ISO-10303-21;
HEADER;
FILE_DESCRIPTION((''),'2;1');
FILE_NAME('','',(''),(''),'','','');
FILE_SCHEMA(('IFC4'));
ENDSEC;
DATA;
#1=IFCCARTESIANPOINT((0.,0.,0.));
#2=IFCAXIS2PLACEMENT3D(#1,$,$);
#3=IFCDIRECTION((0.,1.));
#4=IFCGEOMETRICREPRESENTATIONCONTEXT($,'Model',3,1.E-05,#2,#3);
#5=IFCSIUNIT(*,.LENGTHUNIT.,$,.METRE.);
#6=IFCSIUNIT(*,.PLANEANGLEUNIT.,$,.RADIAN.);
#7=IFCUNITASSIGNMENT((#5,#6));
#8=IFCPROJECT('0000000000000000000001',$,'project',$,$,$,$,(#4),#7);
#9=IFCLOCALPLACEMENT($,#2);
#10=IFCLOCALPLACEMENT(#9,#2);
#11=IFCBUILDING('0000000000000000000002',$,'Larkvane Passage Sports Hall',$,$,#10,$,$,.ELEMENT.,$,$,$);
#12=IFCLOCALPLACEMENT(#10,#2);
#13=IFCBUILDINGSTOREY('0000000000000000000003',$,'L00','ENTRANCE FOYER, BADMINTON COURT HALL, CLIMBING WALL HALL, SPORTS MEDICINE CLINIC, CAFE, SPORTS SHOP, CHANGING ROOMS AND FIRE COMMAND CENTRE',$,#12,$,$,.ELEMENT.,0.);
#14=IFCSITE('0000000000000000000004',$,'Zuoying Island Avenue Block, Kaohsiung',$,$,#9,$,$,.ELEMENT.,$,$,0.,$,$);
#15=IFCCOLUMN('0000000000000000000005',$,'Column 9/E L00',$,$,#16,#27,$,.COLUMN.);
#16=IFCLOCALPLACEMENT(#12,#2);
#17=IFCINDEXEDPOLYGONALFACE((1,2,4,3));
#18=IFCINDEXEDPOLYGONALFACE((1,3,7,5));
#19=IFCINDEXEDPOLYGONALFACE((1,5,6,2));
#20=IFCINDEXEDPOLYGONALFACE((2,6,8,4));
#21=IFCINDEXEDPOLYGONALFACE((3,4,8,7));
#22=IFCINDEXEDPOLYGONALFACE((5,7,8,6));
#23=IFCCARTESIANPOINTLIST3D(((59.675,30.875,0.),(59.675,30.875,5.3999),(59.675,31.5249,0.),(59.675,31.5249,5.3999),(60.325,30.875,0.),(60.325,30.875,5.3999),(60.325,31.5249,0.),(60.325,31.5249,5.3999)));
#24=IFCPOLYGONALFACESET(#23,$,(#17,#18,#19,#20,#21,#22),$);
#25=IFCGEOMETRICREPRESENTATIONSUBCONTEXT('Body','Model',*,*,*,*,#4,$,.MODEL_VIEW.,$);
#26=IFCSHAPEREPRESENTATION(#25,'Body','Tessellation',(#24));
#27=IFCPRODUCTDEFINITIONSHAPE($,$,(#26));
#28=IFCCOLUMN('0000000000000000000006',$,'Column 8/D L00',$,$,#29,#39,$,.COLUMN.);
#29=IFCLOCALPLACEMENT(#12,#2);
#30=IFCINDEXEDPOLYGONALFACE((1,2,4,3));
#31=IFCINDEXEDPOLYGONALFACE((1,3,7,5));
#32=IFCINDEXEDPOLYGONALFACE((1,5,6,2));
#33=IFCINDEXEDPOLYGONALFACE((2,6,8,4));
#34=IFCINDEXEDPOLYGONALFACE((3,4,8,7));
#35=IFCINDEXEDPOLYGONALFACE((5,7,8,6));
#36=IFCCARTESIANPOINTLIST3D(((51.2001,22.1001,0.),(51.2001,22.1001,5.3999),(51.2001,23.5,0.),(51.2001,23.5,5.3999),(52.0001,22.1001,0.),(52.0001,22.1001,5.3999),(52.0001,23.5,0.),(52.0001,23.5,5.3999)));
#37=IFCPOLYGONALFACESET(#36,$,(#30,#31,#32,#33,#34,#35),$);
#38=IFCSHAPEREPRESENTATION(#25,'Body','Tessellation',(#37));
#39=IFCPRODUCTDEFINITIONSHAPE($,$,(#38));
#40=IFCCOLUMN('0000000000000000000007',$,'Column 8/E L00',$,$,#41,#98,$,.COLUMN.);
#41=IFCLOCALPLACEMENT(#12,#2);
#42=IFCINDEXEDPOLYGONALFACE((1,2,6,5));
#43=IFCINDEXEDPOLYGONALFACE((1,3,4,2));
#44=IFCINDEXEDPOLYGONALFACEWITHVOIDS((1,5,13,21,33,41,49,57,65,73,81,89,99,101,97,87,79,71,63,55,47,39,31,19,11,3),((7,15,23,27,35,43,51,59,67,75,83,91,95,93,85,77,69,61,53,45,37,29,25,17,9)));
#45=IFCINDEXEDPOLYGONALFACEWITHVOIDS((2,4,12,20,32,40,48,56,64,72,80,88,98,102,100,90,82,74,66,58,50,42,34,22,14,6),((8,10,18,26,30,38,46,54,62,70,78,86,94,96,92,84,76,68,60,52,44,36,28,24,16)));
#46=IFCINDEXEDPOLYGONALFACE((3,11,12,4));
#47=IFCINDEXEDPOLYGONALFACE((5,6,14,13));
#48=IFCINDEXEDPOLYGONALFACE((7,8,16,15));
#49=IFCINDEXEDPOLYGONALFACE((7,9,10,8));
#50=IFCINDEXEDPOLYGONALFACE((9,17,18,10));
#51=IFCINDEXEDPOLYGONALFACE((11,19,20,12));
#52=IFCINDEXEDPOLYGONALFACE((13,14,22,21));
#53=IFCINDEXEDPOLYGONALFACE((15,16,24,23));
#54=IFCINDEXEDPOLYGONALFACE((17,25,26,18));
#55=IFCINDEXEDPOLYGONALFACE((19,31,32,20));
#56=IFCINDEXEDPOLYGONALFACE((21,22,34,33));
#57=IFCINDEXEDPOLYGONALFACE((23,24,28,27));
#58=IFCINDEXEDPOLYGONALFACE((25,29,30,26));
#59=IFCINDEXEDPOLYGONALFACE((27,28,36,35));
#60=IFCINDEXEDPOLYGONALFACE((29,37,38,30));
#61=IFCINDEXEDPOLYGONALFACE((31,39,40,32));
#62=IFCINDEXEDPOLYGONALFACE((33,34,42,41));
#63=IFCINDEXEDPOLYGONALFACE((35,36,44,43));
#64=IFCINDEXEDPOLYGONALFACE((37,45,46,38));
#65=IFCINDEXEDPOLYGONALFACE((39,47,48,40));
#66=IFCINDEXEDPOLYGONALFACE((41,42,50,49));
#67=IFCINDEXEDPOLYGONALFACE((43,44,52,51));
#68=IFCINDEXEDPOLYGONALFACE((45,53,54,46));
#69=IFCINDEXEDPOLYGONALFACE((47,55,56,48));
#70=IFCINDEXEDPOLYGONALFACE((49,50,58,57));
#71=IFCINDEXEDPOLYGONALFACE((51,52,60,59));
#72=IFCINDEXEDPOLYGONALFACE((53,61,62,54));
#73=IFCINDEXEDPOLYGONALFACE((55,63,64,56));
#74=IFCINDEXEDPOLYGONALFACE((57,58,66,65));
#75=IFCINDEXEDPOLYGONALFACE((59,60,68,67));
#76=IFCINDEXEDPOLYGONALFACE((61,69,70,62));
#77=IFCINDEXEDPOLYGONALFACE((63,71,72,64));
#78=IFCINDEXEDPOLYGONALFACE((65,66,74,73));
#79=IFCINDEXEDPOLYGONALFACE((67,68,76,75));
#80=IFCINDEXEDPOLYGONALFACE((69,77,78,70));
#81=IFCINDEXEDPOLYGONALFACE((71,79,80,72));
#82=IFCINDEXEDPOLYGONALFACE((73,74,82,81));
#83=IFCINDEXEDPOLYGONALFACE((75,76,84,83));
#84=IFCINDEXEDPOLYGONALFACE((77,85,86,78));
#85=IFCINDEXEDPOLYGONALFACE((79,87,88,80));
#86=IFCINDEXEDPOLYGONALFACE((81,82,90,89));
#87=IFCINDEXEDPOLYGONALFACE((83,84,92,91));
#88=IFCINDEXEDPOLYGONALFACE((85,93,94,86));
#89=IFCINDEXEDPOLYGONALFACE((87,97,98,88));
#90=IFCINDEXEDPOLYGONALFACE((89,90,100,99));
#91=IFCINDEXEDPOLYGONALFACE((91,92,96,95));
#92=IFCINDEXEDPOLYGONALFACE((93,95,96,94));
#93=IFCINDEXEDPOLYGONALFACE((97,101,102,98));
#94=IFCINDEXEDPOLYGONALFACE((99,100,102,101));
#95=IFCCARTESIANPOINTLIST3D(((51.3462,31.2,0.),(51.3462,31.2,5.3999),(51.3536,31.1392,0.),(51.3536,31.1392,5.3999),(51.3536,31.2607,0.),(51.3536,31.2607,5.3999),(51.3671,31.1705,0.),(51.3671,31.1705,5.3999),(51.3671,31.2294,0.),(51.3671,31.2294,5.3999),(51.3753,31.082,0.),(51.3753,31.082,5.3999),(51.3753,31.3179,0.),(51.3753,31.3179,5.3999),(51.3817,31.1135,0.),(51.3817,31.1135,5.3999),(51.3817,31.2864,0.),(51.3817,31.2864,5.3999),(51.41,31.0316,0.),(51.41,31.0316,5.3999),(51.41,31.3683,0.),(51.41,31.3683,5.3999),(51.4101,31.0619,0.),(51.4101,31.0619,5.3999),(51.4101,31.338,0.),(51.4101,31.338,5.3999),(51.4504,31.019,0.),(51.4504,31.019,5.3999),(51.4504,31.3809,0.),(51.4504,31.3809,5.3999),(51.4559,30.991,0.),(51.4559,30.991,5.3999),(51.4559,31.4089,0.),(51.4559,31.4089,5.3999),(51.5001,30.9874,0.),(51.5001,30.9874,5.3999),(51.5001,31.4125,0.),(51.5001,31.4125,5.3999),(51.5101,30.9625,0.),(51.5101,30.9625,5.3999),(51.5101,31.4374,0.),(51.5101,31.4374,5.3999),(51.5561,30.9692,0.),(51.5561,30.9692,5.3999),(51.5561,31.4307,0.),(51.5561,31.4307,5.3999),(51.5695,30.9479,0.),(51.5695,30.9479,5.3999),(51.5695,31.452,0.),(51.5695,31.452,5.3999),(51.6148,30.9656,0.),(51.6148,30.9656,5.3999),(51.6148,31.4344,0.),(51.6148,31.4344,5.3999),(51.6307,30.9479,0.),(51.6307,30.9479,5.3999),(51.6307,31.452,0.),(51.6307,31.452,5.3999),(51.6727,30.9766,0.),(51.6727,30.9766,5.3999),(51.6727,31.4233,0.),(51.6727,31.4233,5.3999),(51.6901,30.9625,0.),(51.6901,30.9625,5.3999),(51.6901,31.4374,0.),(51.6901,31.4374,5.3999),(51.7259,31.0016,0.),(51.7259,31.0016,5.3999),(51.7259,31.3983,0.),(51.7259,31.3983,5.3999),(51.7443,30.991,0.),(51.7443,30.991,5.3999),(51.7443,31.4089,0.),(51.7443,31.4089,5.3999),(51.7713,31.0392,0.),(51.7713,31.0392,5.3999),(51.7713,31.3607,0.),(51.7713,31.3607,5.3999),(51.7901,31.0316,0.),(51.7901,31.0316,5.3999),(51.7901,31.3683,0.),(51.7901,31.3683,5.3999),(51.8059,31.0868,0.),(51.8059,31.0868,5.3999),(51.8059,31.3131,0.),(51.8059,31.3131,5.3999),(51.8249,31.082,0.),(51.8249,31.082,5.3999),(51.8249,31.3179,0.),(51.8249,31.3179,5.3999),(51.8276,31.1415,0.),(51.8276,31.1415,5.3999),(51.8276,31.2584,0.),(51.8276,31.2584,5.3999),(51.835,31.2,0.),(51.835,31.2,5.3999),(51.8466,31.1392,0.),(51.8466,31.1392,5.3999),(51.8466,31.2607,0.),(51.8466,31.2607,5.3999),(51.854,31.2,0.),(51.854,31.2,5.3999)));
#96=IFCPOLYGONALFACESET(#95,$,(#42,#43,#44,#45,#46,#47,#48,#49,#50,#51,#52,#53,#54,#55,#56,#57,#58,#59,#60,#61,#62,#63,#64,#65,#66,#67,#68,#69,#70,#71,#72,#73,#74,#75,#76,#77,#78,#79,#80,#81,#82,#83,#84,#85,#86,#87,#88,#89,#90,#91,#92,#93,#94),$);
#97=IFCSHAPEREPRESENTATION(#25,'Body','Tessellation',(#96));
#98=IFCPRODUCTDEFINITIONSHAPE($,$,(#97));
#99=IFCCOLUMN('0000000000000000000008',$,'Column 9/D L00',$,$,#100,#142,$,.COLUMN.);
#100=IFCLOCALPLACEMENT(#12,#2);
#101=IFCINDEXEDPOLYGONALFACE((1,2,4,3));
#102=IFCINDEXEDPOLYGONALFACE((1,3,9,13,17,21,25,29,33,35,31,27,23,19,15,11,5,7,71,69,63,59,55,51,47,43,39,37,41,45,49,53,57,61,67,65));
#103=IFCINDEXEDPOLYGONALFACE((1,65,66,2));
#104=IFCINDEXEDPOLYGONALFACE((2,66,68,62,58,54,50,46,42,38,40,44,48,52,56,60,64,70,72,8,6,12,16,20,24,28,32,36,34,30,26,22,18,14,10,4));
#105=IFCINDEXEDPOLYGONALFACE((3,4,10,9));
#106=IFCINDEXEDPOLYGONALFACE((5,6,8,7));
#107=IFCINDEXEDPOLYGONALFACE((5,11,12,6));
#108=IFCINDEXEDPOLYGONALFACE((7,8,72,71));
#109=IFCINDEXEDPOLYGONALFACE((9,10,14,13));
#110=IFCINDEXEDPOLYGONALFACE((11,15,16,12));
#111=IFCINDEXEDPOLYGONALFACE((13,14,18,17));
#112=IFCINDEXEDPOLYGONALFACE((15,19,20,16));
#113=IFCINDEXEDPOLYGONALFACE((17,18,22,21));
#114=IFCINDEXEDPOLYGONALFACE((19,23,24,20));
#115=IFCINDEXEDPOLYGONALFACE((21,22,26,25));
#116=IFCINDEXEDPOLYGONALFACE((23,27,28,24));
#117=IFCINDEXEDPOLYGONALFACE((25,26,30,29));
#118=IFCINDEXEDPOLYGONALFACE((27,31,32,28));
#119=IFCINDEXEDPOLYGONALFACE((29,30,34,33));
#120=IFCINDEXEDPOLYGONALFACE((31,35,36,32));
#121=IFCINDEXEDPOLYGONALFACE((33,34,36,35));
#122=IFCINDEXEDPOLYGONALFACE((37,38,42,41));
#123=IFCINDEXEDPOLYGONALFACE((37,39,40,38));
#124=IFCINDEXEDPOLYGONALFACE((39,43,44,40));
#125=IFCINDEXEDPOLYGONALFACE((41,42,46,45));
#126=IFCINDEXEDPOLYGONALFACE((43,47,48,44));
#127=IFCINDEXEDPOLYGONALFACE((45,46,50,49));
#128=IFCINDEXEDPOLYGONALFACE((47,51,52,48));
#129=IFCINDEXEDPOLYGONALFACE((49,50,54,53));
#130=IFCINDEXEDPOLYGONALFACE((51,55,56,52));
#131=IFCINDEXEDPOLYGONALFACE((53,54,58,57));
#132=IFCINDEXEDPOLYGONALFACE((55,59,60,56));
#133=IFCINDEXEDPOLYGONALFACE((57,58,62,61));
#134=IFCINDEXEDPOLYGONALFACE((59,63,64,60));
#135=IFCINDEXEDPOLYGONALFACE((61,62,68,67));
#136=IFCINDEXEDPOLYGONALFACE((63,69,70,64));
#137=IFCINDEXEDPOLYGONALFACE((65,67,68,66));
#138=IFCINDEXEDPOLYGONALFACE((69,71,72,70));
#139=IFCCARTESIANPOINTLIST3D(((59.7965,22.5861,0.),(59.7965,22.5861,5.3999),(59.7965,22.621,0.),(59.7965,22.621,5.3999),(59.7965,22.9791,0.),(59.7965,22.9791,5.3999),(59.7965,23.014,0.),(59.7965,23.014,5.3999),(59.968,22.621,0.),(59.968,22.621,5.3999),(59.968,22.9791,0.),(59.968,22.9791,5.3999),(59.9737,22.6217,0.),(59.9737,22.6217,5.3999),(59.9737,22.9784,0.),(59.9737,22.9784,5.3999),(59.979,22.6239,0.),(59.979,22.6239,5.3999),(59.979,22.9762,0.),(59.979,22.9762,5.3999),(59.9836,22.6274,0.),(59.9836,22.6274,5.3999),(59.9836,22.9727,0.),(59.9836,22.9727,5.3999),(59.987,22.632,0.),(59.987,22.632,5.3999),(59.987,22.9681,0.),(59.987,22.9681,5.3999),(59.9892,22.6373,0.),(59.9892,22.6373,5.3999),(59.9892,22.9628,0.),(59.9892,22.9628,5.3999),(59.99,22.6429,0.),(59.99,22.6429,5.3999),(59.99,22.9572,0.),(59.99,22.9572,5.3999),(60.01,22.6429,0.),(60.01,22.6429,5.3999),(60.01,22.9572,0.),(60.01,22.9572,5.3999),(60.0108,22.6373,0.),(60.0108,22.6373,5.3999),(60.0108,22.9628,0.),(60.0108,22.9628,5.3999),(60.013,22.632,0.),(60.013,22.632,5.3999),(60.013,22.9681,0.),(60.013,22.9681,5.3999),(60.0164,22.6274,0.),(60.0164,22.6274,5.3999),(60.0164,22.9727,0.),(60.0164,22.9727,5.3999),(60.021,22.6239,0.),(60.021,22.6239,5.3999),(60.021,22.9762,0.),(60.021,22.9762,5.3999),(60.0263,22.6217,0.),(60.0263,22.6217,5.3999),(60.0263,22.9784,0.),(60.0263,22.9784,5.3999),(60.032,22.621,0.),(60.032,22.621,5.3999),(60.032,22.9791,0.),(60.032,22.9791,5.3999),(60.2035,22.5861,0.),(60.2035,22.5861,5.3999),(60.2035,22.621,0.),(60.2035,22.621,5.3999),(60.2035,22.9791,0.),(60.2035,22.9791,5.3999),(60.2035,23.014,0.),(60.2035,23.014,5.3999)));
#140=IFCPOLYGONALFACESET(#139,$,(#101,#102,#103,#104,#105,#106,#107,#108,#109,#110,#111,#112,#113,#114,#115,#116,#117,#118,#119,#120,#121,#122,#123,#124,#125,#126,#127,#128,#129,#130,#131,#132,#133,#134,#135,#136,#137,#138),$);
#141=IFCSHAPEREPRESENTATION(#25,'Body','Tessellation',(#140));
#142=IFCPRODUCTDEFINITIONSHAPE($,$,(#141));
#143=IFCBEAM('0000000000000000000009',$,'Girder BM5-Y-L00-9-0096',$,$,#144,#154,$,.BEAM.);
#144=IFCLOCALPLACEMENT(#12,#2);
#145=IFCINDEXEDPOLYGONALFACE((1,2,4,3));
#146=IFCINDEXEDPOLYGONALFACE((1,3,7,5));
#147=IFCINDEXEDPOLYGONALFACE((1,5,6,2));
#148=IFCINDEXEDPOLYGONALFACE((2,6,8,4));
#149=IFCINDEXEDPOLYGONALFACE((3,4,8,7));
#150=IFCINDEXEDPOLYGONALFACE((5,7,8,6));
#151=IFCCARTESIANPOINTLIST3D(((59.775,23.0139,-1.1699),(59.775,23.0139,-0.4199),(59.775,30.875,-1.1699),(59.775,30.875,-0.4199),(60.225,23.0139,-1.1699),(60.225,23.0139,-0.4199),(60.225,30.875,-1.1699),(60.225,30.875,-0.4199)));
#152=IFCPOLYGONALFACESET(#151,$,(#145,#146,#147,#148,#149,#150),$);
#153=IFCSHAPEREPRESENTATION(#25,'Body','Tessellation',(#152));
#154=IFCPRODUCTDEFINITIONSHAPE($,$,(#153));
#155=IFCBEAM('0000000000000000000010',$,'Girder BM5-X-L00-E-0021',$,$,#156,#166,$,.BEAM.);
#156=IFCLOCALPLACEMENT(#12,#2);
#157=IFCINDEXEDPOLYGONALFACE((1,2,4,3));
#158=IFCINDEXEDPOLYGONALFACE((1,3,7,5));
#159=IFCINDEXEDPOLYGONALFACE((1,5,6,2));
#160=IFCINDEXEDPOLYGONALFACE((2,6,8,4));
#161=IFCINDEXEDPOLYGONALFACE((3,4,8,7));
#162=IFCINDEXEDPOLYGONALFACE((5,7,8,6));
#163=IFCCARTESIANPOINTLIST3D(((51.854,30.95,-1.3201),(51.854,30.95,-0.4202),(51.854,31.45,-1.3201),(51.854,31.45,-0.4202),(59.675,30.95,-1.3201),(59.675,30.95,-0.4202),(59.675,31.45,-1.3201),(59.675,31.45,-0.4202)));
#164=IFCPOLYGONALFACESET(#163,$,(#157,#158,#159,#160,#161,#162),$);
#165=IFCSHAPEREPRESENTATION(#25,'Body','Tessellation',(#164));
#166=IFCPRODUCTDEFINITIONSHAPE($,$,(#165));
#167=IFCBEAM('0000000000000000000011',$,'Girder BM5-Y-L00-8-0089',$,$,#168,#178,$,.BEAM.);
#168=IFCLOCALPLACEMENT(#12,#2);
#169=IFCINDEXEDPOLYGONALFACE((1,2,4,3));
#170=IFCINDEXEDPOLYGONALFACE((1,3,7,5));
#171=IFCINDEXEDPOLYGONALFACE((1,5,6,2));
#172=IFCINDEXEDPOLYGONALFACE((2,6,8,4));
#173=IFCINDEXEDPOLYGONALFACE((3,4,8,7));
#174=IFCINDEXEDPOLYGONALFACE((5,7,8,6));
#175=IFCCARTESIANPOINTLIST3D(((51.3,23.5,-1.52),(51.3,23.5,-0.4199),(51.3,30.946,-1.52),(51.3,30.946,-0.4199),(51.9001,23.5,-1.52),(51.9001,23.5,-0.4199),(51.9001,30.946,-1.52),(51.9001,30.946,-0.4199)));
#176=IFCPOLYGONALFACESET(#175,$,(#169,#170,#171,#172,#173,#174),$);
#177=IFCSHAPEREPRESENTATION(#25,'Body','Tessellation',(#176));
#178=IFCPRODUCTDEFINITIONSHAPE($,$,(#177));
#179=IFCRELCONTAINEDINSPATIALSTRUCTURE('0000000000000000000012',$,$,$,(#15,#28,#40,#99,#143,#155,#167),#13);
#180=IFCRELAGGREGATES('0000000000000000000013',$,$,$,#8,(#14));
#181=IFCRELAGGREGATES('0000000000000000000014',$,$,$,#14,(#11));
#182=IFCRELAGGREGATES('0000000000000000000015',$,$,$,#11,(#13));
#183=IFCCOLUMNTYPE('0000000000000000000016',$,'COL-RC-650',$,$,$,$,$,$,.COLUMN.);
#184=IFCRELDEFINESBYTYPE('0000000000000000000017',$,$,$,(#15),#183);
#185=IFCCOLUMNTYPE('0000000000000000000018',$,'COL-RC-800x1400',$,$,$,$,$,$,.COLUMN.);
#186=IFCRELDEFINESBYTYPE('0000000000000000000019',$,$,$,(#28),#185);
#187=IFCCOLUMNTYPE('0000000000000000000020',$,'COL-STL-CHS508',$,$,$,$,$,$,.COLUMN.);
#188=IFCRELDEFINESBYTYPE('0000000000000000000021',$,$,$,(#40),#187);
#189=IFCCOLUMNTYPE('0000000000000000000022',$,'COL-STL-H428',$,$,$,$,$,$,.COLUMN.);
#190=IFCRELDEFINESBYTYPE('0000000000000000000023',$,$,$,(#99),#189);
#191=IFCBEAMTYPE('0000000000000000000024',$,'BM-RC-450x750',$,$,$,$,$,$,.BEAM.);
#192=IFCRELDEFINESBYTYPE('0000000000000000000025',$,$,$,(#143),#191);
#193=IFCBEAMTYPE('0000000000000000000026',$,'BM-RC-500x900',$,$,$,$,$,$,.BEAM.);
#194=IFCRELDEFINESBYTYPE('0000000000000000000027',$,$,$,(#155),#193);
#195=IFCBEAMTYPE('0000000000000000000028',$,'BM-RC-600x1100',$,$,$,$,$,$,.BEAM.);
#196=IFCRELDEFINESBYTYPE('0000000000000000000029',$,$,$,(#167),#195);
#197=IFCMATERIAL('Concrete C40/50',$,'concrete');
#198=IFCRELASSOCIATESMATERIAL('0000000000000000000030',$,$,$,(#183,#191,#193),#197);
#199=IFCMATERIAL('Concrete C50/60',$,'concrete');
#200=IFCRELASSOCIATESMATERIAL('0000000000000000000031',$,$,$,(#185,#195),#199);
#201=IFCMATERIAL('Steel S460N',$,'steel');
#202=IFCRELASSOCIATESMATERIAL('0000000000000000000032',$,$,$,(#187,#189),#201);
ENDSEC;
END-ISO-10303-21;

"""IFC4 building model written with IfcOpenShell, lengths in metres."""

from ifc_helpers import new_model, si_unit, direction, frame, origin, origin_2d, place, context, subcontext, project, spatial, rectangle, hollow_circle, i_section, extrude, material, material_profile, profile_set, type_object, element, save


model = new_model("IFC4")

# Units and contexts
model_context = context("Model", 3, precision=1e-05, world=origin(), true_north=direction((0.0, 1.0)))
body_context = subcontext(model_context, "Body", "Model", "MODEL_VIEW")
ifc_project = project(units=[si_unit("LENGTHUNIT", "METRE"), si_unit("PLANEANGLEUNIT", "RADIAN")], contexts=[model_context])

# Site, building, storey
site_placement = place(None, origin())
site = spatial("IfcSite", under=ifc_project, at=site_placement, Name="Zuoying Island Avenue Block, Kaohsiung", CompositionType="ELEMENT", RefElevation=0.0)
building_placement = place(site_placement, origin())
building = spatial("IfcBuilding", under=site, at=building_placement, Name="Larkvane Passage Sports Hall", CompositionType="ELEMENT")
storey_placement = place(building_placement, origin())
storey = spatial("IfcBuildingStorey", under=building, at=storey_placement, Name="L00", Description="ENTRANCE FOYER, BADMINTON COURT HALL, CLIMBING WALL HALL, SPORTS MEDICINE CLINIC, CAFE, SPORTS SHOP, CHANGING ROOMS AND FIRE COMMAND CENTRE", CompositionType="ELEMENT", Elevation=0.0)

# Columns
ifc_material_1 = material(Name="Concrete C40/50", Category="concrete")
ifc_material_profile_1 = material_profile(ifc_material_1, rectangle(XDim=0.6499, YDim=0.6499, at=origin_2d()), Name="RC-COL-650x650")
ifc_profile_set_1 = profile_set([ifc_material_profile_1], Name="Concrete C40/50")
column_type_1 = type_object("IfcColumnType", Name="COL-RC-650", PredefinedType="COLUMN", material=ifc_profile_set_1)
column_1_placement = place(storey_placement, frame((60.0, 31.2, 0.0), z_axis=(0.0, 0.0, 1.0), x_axis=(1.0, 0.0, 0.0)))
element("IfcColumn", 1, at=column_1_placement, inside=storey, type_object=column_type_1, Name="Column 9/E L00", PredefinedType="COLUMN", context=body_context, shape_type="SweptSolid", body=[
    extrude(rectangle(XDim=0.6499, YDim=0.6499, at=origin_2d()), origin(), (0.0, 0.0, 1.0), 5.3999),
])
ifc_material_2 = material(Name="Concrete C50/60", Category="concrete")
ifc_material_profile_2 = material_profile(ifc_material_2, rectangle(XDim=0.8, YDim=1.3999, at=origin_2d()), Name="RC-COL-800x1400")
ifc_profile_set_2 = profile_set([ifc_material_profile_2], Name="Concrete C50/60")
column_type_2 = type_object("IfcColumnType", Name="COL-RC-800x1400", PredefinedType="COLUMN", material=ifc_profile_set_2)
column_2_placement = place(storey_placement, frame((51.6001, 22.8, 0.0), z_axis=(0.0, 0.0, 1.0), x_axis=(1.0, 0.0, 0.0)))
element("IfcColumn", 2, at=column_2_placement, inside=storey, type_object=column_type_2, Name="Column 8/D L00", PredefinedType="COLUMN", context=body_context, shape_type="SweptSolid", body=[
    extrude(rectangle(XDim=0.8, YDim=1.3999, at=origin_2d()), origin(), (0.0, 0.0, 1.0), 5.3999),
])
ifc_material_3 = material(Name="Steel S460N", Category="steel")
ifc_material_profile_3 = material_profile(ifc_material_3, hollow_circle(Radius=0.2539, WallThickness=0.019, at=origin_2d()), Name="CHS-508.0x19.0")
ifc_profile_set_3 = profile_set([ifc_material_profile_3], Name="Steel S460N")
column_type_3 = type_object("IfcColumnType", Name="COL-STL-CHS508", PredefinedType="COLUMN", material=ifc_profile_set_3)
column_3_placement = place(storey_placement, frame((51.6001, 31.2, 0.0), z_axis=(0.0, 0.0, 1.0), x_axis=(1.0, 0.0, 0.0)))
element("IfcColumn", 3, at=column_3_placement, inside=storey, type_object=column_type_3, Name="Column 8/E L00", PredefinedType="COLUMN", context=body_context, shape_type="SweptSolid", body=[
    extrude(hollow_circle(Radius=0.2539, WallThickness=0.019, at=origin_2d()), origin(), (0.0, 0.0, 1.0), 5.3999),
])
ifc_material_profile_4 = material_profile(ifc_material_3, i_section(OverallWidth=0.407, OverallDepth=0.428, WebThickness=0.02, FlangeThickness=0.0349, FilletRadius=0.022, at=origin_2d()), Name="H-428x407x20x35")
ifc_profile_set_4 = profile_set([ifc_material_profile_4], Name="Steel S460N")
column_type_4 = type_object("IfcColumnType", Name="COL-STL-H428", PredefinedType="COLUMN", material=ifc_profile_set_4)
column_4_placement = place(storey_placement, frame((60.0, 22.8, 0.0), z_axis=(0.0, 0.0, 1.0), x_axis=(1.0, 0.0, 0.0)))
element("IfcColumn", 4, at=column_4_placement, inside=storey, type_object=column_type_4, Name="Column 9/D L00", PredefinedType="COLUMN", context=body_context, shape_type="SweptSolid", body=[
    extrude(i_section(OverallWidth=0.407, OverallDepth=0.428, WebThickness=0.02, FlangeThickness=0.0349, FilletRadius=0.022, at=origin_2d()), origin(), (0.0, 0.0, 1.0), 5.3999),
])

# Beams
ifc_material_profile_5 = material_profile(ifc_material_1, rectangle(XDim=0.45, YDim=0.75, at=origin_2d()), Name="RC-BM-450x750")
ifc_profile_set_5 = profile_set([ifc_material_profile_5], Name="Concrete C40/50")
beam_type_1 = type_object("IfcBeamType", Name="BM-RC-450x750", PredefinedType="BEAM", material=ifc_profile_set_5)
beam_1_placement = place(storey_placement, frame((60.0, 23.0139, -0.7949), z_axis=(0.0, 1.0, 0.0), x_axis=(-1.0, 0.0, 0.0)))
element("IfcBeam", 5, at=beam_1_placement, inside=storey, type_object=beam_type_1, Name="Girder BM5-Y-L00-9-0096", PredefinedType="BEAM", context=body_context, shape_type="SweptSolid", body=[
    extrude(rectangle(XDim=0.45, YDim=0.75, at=origin_2d()), origin(), (0.0, 0.0, 1.0), 7.8611),
])
ifc_material_profile_6 = material_profile(ifc_material_1, rectangle(XDim=0.5, YDim=0.8999, at=origin_2d()), Name="RC-BM-500x900")
ifc_profile_set_6 = profile_set([ifc_material_profile_6], Name="Concrete C40/50")
beam_type_2 = type_object("IfcBeamType", Name="BM-RC-500x900", PredefinedType="BEAM", material=ifc_profile_set_6)
beam_2_placement = place(storey_placement, frame((51.854, 31.2, -0.8701), z_axis=(1.0, 0.0, 0.0), x_axis=(0.0, 1.0, 0.0)))
element("IfcBeam", 6, at=beam_2_placement, inside=storey, type_object=beam_type_2, Name="Girder BM5-X-L00-E-0021", PredefinedType="BEAM", context=body_context, shape_type="SweptSolid", body=[
    extrude(rectangle(XDim=0.5, YDim=0.8999, at=origin_2d()), origin(), (0.0, 0.0, 1.0), 7.821),
])
ifc_material_profile_7 = material_profile(ifc_material_2, rectangle(XDim=0.6001, YDim=1.1001, at=origin_2d()), Name="RC-BM-600x1100")
ifc_profile_set_7 = profile_set([ifc_material_profile_7], Name="Concrete C50/60")
beam_type_3 = type_object("IfcBeamType", Name="BM-RC-600x1100", PredefinedType="BEAM", material=ifc_profile_set_7)
beam_3_placement = place(storey_placement, frame((51.6001, 23.5, -0.97), z_axis=(0.0, 1.0, 0.0), x_axis=(-1.0, 0.0, 0.0)))
element("IfcBeam", 7, at=beam_3_placement, inside=storey, type_object=beam_type_3, Name="Girder BM5-Y-L00-8-0089", PredefinedType="BEAM", context=body_context, shape_type="SweptSolid", body=[
    extrude(rectangle(XDim=0.6001, YDim=1.1001, at=origin_2d()), origin(), (0.0, 0.0, 1.0), 7.446),
])

save(model, "model.ifc")
